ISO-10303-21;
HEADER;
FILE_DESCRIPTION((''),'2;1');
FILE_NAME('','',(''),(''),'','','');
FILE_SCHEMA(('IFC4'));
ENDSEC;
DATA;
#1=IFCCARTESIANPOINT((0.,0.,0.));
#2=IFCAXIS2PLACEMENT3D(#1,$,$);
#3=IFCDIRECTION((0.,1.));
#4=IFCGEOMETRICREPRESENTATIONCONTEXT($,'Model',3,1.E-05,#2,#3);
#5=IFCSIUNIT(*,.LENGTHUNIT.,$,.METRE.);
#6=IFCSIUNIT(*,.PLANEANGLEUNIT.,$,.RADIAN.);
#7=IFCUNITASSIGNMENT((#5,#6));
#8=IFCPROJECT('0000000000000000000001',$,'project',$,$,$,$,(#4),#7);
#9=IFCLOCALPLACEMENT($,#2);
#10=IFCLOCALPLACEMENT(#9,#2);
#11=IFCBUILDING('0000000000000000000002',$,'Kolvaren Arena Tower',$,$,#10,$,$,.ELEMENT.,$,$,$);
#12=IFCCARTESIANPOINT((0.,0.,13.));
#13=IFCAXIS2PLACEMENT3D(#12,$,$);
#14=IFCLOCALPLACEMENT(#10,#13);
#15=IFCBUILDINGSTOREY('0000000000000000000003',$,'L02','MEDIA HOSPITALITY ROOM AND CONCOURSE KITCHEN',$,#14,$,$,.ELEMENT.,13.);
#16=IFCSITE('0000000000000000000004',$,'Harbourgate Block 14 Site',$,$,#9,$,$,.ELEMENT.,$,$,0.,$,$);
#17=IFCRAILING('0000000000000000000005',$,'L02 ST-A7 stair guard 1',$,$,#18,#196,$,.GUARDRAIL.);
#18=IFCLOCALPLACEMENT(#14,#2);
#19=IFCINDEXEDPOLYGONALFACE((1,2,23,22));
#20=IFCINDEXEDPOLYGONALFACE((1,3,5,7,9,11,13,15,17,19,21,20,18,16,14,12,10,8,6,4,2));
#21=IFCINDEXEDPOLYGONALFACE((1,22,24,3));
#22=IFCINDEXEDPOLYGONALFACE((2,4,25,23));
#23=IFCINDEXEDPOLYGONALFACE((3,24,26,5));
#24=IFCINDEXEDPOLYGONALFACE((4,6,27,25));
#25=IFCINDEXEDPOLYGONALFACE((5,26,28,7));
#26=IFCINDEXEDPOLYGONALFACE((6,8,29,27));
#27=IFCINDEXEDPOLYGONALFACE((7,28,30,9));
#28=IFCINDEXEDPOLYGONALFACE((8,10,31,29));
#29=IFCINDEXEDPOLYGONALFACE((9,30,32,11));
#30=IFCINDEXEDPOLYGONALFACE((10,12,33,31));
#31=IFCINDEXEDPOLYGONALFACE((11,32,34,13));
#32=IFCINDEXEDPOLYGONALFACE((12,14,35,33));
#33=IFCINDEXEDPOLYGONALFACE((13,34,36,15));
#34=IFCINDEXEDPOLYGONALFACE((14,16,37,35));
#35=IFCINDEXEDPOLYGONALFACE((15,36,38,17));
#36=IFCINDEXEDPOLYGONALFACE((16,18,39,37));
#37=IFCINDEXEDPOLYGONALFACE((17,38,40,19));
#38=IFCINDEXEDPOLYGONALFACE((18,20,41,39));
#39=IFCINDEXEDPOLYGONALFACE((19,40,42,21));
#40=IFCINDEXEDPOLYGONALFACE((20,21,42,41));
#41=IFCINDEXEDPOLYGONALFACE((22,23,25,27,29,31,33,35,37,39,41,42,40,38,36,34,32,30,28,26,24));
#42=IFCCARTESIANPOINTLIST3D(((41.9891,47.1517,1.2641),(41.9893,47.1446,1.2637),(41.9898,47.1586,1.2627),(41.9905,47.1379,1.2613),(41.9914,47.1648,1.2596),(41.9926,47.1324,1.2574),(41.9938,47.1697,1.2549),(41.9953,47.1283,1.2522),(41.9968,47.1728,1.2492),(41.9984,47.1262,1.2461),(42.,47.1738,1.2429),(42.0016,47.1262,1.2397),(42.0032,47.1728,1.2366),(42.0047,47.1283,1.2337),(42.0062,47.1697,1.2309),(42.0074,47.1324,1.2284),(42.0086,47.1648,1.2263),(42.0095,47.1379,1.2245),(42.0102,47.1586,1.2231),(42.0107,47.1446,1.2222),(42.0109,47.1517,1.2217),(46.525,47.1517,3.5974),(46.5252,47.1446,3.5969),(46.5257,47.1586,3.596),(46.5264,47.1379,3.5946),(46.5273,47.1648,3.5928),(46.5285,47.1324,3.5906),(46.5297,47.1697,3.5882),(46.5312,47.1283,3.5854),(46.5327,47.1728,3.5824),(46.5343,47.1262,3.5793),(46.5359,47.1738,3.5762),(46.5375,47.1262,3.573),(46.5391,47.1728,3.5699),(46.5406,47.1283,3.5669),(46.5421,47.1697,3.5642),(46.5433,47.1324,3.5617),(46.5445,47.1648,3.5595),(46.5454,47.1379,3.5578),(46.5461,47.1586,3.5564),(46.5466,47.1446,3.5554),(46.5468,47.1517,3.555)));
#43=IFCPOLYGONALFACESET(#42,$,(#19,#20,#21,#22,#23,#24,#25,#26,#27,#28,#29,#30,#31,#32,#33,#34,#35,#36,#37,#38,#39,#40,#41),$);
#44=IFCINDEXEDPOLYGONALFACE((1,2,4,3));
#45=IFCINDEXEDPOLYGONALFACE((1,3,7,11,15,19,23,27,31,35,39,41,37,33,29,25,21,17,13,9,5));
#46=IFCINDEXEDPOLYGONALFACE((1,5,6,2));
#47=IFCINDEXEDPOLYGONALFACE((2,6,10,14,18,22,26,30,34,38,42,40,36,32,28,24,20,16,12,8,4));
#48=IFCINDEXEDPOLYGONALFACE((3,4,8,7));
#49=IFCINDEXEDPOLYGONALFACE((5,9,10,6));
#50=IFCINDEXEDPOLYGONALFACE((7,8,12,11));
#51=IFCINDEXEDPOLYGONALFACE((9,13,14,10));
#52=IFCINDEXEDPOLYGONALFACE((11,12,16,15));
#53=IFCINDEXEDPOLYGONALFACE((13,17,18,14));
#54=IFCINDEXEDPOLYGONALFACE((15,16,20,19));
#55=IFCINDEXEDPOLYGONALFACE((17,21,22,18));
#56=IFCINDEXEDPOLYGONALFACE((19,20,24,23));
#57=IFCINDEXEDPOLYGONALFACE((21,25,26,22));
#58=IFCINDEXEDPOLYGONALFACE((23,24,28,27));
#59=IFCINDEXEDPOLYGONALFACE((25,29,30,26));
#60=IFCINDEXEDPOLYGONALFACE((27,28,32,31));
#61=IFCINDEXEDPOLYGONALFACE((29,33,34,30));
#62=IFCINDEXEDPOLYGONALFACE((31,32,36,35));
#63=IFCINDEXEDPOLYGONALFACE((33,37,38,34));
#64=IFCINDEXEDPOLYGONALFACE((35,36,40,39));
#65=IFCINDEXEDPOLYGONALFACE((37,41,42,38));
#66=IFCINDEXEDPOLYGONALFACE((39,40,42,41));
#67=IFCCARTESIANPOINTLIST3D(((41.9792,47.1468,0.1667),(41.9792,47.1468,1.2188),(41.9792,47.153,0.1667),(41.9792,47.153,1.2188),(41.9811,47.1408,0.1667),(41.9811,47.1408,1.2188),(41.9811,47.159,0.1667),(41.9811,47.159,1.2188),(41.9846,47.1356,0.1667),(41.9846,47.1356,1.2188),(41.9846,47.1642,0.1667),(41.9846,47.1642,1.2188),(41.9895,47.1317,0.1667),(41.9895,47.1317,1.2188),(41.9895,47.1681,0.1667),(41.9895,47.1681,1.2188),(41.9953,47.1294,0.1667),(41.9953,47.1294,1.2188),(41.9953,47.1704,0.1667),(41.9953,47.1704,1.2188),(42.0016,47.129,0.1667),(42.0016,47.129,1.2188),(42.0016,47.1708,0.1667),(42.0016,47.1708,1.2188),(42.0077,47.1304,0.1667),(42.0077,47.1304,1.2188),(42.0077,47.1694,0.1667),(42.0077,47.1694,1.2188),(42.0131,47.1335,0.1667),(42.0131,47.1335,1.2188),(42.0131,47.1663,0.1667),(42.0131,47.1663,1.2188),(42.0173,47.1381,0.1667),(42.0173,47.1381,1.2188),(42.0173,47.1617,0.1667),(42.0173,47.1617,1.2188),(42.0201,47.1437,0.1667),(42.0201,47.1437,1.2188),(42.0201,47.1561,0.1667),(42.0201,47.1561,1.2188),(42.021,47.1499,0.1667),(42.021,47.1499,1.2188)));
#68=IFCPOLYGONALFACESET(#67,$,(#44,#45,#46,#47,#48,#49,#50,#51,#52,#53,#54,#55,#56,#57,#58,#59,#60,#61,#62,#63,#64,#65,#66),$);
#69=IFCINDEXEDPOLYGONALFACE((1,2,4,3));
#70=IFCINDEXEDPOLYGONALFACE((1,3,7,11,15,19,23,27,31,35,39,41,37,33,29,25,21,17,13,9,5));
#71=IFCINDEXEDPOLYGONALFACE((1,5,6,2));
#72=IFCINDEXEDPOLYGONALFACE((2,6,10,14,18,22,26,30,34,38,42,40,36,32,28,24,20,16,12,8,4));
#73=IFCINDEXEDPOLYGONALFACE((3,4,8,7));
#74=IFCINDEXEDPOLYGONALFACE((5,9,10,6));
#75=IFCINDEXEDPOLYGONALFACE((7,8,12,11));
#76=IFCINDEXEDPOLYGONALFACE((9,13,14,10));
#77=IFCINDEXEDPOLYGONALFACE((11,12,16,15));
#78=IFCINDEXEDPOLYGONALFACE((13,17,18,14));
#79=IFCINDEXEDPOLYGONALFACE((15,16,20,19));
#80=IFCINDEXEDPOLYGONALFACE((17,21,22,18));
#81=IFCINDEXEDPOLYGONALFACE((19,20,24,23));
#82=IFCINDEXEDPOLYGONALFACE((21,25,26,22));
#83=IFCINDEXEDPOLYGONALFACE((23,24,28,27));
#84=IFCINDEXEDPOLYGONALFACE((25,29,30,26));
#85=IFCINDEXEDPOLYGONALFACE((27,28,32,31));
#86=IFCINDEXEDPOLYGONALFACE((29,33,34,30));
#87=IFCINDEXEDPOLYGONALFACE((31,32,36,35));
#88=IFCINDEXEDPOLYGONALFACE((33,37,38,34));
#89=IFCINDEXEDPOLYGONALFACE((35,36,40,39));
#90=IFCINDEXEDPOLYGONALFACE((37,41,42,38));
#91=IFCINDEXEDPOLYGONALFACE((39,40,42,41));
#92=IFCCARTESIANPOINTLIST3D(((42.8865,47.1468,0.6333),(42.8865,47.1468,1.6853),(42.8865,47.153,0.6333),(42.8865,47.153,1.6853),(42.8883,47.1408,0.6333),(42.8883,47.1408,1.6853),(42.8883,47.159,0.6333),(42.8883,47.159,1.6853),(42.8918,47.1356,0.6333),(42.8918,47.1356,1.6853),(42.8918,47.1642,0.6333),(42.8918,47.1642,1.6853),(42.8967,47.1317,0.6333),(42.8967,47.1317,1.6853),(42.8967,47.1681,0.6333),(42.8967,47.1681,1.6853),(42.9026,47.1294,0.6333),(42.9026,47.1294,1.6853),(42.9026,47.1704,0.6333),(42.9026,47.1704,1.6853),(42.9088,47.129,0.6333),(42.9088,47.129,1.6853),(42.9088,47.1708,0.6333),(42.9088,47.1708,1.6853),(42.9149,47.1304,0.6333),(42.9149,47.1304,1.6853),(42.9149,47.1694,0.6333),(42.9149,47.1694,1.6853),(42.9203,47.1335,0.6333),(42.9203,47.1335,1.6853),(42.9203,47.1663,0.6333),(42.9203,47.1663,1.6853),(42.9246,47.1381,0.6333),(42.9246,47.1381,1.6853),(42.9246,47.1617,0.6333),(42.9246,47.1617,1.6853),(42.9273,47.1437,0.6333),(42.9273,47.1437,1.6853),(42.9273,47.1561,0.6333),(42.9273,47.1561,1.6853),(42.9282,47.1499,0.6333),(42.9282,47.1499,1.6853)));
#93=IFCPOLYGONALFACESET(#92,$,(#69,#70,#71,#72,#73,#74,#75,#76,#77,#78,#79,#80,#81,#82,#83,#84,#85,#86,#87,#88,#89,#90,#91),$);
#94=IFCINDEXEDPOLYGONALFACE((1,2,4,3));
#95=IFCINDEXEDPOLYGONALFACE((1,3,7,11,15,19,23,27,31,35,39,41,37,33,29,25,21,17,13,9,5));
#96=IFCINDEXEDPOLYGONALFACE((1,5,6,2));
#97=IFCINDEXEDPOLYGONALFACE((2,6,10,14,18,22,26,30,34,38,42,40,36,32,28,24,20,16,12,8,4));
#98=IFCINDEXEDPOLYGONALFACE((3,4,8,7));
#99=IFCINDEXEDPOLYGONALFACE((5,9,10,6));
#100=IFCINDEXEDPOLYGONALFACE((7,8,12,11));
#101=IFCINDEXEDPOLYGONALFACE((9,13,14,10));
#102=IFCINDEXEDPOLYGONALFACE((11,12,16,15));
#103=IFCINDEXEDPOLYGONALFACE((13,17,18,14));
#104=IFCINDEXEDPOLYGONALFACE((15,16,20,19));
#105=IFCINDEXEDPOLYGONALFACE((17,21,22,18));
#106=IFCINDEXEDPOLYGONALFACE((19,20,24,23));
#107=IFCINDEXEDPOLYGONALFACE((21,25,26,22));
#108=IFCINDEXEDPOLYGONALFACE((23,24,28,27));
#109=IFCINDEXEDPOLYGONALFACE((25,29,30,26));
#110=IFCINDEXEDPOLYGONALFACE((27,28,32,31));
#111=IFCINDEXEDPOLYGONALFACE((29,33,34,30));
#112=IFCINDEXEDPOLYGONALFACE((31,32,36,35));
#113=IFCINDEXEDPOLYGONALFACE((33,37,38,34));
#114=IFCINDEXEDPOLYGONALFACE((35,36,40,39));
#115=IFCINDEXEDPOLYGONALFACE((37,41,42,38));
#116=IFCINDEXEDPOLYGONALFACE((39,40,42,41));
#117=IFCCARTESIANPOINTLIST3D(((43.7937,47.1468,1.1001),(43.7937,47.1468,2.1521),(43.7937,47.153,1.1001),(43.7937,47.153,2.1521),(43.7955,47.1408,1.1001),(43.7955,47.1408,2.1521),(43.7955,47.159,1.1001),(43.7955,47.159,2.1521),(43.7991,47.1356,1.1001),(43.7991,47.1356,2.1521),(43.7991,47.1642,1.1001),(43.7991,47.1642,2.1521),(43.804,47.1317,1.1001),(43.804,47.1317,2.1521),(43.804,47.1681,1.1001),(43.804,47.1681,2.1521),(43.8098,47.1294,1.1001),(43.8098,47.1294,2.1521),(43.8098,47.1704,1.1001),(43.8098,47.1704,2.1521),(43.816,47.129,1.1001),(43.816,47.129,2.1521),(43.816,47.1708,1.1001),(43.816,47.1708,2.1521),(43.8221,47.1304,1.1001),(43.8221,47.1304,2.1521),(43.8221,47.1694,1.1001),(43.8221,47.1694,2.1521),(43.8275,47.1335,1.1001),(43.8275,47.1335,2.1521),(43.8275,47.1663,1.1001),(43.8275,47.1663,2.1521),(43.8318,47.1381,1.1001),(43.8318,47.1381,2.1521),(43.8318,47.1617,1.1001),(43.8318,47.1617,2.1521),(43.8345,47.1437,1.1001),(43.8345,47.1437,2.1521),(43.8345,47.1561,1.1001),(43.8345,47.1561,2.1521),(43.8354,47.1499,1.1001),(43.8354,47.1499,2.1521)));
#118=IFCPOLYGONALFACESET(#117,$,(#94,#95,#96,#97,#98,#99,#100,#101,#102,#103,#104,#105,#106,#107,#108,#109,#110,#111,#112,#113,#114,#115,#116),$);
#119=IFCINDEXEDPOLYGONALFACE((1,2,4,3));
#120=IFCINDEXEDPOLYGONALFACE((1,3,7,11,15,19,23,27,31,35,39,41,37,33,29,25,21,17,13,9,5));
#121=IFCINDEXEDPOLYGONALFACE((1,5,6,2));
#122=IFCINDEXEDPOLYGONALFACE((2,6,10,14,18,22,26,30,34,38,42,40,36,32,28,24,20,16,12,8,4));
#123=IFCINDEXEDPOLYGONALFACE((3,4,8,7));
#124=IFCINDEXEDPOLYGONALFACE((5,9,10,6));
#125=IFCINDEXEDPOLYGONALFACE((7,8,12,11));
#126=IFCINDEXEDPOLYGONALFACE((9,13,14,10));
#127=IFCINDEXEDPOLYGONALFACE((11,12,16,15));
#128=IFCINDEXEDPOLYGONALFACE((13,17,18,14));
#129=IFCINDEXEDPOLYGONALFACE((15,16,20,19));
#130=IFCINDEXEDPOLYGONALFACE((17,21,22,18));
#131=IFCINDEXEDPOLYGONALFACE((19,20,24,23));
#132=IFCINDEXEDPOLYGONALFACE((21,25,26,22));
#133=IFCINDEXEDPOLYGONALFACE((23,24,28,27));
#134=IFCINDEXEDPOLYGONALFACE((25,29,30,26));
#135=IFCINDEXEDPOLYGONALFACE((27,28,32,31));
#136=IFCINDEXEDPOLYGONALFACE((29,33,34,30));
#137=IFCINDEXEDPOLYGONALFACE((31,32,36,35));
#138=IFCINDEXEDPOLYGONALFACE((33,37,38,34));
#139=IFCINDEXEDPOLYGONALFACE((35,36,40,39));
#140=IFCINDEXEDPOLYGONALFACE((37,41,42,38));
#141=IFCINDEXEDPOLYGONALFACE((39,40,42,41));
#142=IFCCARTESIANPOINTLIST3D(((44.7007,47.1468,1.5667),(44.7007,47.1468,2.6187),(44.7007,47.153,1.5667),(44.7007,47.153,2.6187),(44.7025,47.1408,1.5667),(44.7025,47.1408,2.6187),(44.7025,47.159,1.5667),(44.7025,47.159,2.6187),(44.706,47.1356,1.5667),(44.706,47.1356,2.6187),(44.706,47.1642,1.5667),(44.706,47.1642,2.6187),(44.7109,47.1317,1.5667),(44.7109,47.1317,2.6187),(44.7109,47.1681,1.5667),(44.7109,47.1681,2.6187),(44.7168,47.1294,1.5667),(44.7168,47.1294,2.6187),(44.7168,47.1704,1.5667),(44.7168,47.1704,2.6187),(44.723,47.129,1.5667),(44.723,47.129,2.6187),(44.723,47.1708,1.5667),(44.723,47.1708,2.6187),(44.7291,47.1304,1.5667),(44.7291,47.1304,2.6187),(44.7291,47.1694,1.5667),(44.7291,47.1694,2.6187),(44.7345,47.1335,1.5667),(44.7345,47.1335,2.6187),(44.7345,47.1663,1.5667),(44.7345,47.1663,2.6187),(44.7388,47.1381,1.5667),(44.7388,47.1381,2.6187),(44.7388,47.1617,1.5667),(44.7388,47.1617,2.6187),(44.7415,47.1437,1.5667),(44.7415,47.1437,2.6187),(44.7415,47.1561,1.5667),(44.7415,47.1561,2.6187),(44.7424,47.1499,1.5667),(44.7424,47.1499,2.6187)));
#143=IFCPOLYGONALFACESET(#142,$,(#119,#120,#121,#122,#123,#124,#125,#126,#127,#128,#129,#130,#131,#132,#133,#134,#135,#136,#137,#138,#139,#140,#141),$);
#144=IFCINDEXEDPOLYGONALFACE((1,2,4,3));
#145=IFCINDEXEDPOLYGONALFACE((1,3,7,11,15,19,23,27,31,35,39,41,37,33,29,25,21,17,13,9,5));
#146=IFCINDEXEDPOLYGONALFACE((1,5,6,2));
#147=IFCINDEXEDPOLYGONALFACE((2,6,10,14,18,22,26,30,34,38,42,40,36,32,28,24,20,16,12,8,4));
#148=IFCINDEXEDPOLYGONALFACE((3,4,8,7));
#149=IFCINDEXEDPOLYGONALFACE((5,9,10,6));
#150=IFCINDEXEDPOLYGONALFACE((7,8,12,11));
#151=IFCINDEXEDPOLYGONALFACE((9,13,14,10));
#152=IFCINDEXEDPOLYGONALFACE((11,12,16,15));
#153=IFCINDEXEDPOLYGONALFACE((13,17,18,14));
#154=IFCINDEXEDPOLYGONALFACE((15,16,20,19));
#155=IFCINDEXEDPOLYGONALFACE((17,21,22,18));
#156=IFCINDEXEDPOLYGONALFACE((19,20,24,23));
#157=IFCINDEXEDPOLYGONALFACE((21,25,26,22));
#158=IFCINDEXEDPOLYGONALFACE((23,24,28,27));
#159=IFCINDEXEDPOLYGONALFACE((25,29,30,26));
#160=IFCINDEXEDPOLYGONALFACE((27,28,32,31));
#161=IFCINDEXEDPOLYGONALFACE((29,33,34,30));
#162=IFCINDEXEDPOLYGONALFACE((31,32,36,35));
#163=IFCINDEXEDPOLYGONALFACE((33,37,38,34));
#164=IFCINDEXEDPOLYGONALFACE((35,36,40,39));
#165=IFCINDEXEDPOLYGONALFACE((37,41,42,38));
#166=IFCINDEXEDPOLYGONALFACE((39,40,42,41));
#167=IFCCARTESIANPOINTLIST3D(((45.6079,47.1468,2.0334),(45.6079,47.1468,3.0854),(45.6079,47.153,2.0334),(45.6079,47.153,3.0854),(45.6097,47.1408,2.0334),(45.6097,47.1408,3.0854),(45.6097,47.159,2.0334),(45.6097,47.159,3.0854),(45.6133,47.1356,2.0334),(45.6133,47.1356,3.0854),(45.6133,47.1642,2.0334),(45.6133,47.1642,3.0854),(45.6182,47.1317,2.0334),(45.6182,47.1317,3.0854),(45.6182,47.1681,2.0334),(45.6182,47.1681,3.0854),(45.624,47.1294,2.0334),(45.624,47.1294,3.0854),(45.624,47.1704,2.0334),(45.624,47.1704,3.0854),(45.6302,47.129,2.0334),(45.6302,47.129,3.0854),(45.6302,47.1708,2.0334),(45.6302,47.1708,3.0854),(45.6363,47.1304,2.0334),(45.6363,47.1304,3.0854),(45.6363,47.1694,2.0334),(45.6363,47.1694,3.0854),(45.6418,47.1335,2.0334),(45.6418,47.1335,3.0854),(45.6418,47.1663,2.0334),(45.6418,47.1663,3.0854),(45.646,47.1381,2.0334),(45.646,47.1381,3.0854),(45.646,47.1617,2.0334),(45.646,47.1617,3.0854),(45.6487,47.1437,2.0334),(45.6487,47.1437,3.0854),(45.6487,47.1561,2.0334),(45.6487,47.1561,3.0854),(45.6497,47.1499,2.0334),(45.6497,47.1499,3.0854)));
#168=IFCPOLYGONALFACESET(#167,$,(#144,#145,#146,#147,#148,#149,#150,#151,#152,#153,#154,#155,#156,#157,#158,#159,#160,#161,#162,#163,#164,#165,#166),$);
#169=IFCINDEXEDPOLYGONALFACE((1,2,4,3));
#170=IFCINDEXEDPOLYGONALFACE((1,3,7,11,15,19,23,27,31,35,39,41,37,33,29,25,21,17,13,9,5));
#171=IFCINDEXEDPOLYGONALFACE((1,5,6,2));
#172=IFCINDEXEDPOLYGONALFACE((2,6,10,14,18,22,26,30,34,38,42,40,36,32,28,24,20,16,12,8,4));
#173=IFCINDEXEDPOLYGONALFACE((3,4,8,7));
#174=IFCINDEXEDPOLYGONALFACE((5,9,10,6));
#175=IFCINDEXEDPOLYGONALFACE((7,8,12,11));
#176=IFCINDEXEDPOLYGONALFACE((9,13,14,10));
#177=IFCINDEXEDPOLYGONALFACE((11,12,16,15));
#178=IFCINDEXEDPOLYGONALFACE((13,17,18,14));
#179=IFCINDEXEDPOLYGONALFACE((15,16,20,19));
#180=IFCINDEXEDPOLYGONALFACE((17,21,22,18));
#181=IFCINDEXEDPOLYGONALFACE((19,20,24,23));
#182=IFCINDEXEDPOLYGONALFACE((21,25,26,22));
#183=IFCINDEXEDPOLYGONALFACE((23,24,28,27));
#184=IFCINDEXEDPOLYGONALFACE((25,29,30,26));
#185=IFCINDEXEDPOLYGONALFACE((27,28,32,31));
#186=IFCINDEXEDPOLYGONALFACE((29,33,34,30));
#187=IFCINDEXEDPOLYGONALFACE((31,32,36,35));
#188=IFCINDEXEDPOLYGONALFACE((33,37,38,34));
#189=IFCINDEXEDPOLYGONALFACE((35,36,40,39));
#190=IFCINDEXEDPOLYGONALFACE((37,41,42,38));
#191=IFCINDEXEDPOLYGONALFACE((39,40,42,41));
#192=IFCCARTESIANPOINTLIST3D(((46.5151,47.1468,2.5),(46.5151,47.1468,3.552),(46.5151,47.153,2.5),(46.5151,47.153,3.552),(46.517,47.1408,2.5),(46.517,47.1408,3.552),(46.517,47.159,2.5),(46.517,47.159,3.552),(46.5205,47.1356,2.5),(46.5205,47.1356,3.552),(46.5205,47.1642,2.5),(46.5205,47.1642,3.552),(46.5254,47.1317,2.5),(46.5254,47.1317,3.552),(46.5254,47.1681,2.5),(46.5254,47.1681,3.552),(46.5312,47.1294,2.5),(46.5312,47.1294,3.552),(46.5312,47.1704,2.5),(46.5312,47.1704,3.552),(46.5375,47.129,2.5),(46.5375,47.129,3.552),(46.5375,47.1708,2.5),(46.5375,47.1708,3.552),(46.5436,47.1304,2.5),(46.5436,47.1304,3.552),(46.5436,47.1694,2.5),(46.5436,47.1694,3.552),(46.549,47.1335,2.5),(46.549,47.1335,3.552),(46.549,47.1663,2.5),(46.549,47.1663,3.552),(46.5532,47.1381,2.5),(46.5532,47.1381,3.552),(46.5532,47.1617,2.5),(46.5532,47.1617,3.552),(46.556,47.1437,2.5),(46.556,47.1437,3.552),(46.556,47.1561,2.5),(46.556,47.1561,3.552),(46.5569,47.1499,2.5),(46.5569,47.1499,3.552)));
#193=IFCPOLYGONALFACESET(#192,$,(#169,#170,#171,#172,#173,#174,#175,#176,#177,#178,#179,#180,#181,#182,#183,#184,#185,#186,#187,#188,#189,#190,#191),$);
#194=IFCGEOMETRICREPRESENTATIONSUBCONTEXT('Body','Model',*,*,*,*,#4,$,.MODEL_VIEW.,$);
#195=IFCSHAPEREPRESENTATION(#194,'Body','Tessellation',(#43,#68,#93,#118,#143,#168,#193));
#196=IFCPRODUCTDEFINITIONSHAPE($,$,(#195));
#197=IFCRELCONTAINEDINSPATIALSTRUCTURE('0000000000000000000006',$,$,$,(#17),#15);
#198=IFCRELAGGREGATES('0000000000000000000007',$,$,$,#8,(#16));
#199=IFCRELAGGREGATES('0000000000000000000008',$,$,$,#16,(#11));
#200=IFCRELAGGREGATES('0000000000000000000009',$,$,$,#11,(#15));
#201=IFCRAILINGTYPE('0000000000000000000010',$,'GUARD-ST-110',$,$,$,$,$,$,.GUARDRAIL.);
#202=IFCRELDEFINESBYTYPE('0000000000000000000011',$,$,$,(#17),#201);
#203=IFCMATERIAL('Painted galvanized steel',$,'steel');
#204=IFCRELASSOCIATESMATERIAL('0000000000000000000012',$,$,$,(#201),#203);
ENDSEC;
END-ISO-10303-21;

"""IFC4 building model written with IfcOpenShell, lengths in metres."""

from ifc_helpers import new_model, si_unit, direction, frame, origin, origin_2d, place, context, subcontext, project, spatial, circle, extrude, material, type_object, element, save


model = new_model("IFC4")

# Units and contexts
model_context = context("Model", 3, precision=1e-05, world=origin(), true_north=direction((0.0, 1.0)))
body_context = subcontext(model_context, "Body", "Model", "MODEL_VIEW")
ifc_project = project(units=[si_unit("LENGTHUNIT", "METRE"), si_unit("PLANEANGLEUNIT", "RADIAN")], contexts=[model_context])

# Site, building, storey
site_placement = place(None, origin())
site = spatial("IfcSite", under=ifc_project, at=site_placement, Name="Harbourgate Block 14 Site", CompositionType="ELEMENT", RefElevation=0.0)
building_placement = place(site_placement, origin())
building = spatial("IfcBuilding", under=site, at=building_placement, Name="Kolvaren Arena Tower", CompositionType="ELEMENT")
storey_placement = place(building_placement, frame((0.0, 0.0, 13.0)))
storey = spatial("IfcBuildingStorey", under=building, at=storey_placement, Name="L02", Description="MEDIA HOSPITALITY ROOM AND CONCOURSE KITCHEN", CompositionType="ELEMENT", Elevation=13.0)

# Railing
ifc_material_1 = material(Name="Painted galvanized steel", Category="steel")
railing_type_1 = type_object("IfcRailingType", Name="GUARD-ST-110", PredefinedType="GUARDRAIL", material=ifc_material_1)
railing_1_placement = place(storey_placement, frame((42.0, 47.1499, 0.1667)))
element("IfcRailing", 1, at=railing_1_placement, inside=storey, type_object=railing_type_1, Name="L02 ST-A7 stair guard 1", PredefinedType="GUARDRAIL", context=body_context, shape_type="SweptSolid", body=[
    extrude(circle(Radius=0.0239, at=origin_2d()), frame((0.0, 0.0, 1.0762), z_axis=(0.889247, 0.0, 0.457427), x_axis=(0.0, 1.0, 0.0)), (0.0, 0.0, 1.0), 5.1008),
    extrude(circle(Radius=0.021, at=origin_2d()), origin(), (0.0, 0.0, 1.0), 1.052),
    extrude(circle(Radius=0.021, at=origin_2d()), frame((0.9072, 0.0, 0.4666)), (0.0, 0.0, 1.0), 1.052),
    extrude(circle(Radius=0.021, at=origin_2d()), frame((1.8145, 0.0, 0.9333)), (0.0, 0.0, 1.0), 1.052),
    extrude(circle(Radius=0.021, at=origin_2d()), frame((2.7214, 0.0, 1.3999)), (0.0, 0.0, 1.0), 1.052),
    extrude(circle(Radius=0.021, at=origin_2d()), frame((3.6287, 0.0, 1.8667)), (0.0, 0.0, 1.0), 1.052),
    extrude(circle(Radius=0.021, at=origin_2d()), frame((4.5359, 0.0, 2.3333)), (0.0, 0.0, 1.0), 1.052),
])

save(model, "model.ifc")
